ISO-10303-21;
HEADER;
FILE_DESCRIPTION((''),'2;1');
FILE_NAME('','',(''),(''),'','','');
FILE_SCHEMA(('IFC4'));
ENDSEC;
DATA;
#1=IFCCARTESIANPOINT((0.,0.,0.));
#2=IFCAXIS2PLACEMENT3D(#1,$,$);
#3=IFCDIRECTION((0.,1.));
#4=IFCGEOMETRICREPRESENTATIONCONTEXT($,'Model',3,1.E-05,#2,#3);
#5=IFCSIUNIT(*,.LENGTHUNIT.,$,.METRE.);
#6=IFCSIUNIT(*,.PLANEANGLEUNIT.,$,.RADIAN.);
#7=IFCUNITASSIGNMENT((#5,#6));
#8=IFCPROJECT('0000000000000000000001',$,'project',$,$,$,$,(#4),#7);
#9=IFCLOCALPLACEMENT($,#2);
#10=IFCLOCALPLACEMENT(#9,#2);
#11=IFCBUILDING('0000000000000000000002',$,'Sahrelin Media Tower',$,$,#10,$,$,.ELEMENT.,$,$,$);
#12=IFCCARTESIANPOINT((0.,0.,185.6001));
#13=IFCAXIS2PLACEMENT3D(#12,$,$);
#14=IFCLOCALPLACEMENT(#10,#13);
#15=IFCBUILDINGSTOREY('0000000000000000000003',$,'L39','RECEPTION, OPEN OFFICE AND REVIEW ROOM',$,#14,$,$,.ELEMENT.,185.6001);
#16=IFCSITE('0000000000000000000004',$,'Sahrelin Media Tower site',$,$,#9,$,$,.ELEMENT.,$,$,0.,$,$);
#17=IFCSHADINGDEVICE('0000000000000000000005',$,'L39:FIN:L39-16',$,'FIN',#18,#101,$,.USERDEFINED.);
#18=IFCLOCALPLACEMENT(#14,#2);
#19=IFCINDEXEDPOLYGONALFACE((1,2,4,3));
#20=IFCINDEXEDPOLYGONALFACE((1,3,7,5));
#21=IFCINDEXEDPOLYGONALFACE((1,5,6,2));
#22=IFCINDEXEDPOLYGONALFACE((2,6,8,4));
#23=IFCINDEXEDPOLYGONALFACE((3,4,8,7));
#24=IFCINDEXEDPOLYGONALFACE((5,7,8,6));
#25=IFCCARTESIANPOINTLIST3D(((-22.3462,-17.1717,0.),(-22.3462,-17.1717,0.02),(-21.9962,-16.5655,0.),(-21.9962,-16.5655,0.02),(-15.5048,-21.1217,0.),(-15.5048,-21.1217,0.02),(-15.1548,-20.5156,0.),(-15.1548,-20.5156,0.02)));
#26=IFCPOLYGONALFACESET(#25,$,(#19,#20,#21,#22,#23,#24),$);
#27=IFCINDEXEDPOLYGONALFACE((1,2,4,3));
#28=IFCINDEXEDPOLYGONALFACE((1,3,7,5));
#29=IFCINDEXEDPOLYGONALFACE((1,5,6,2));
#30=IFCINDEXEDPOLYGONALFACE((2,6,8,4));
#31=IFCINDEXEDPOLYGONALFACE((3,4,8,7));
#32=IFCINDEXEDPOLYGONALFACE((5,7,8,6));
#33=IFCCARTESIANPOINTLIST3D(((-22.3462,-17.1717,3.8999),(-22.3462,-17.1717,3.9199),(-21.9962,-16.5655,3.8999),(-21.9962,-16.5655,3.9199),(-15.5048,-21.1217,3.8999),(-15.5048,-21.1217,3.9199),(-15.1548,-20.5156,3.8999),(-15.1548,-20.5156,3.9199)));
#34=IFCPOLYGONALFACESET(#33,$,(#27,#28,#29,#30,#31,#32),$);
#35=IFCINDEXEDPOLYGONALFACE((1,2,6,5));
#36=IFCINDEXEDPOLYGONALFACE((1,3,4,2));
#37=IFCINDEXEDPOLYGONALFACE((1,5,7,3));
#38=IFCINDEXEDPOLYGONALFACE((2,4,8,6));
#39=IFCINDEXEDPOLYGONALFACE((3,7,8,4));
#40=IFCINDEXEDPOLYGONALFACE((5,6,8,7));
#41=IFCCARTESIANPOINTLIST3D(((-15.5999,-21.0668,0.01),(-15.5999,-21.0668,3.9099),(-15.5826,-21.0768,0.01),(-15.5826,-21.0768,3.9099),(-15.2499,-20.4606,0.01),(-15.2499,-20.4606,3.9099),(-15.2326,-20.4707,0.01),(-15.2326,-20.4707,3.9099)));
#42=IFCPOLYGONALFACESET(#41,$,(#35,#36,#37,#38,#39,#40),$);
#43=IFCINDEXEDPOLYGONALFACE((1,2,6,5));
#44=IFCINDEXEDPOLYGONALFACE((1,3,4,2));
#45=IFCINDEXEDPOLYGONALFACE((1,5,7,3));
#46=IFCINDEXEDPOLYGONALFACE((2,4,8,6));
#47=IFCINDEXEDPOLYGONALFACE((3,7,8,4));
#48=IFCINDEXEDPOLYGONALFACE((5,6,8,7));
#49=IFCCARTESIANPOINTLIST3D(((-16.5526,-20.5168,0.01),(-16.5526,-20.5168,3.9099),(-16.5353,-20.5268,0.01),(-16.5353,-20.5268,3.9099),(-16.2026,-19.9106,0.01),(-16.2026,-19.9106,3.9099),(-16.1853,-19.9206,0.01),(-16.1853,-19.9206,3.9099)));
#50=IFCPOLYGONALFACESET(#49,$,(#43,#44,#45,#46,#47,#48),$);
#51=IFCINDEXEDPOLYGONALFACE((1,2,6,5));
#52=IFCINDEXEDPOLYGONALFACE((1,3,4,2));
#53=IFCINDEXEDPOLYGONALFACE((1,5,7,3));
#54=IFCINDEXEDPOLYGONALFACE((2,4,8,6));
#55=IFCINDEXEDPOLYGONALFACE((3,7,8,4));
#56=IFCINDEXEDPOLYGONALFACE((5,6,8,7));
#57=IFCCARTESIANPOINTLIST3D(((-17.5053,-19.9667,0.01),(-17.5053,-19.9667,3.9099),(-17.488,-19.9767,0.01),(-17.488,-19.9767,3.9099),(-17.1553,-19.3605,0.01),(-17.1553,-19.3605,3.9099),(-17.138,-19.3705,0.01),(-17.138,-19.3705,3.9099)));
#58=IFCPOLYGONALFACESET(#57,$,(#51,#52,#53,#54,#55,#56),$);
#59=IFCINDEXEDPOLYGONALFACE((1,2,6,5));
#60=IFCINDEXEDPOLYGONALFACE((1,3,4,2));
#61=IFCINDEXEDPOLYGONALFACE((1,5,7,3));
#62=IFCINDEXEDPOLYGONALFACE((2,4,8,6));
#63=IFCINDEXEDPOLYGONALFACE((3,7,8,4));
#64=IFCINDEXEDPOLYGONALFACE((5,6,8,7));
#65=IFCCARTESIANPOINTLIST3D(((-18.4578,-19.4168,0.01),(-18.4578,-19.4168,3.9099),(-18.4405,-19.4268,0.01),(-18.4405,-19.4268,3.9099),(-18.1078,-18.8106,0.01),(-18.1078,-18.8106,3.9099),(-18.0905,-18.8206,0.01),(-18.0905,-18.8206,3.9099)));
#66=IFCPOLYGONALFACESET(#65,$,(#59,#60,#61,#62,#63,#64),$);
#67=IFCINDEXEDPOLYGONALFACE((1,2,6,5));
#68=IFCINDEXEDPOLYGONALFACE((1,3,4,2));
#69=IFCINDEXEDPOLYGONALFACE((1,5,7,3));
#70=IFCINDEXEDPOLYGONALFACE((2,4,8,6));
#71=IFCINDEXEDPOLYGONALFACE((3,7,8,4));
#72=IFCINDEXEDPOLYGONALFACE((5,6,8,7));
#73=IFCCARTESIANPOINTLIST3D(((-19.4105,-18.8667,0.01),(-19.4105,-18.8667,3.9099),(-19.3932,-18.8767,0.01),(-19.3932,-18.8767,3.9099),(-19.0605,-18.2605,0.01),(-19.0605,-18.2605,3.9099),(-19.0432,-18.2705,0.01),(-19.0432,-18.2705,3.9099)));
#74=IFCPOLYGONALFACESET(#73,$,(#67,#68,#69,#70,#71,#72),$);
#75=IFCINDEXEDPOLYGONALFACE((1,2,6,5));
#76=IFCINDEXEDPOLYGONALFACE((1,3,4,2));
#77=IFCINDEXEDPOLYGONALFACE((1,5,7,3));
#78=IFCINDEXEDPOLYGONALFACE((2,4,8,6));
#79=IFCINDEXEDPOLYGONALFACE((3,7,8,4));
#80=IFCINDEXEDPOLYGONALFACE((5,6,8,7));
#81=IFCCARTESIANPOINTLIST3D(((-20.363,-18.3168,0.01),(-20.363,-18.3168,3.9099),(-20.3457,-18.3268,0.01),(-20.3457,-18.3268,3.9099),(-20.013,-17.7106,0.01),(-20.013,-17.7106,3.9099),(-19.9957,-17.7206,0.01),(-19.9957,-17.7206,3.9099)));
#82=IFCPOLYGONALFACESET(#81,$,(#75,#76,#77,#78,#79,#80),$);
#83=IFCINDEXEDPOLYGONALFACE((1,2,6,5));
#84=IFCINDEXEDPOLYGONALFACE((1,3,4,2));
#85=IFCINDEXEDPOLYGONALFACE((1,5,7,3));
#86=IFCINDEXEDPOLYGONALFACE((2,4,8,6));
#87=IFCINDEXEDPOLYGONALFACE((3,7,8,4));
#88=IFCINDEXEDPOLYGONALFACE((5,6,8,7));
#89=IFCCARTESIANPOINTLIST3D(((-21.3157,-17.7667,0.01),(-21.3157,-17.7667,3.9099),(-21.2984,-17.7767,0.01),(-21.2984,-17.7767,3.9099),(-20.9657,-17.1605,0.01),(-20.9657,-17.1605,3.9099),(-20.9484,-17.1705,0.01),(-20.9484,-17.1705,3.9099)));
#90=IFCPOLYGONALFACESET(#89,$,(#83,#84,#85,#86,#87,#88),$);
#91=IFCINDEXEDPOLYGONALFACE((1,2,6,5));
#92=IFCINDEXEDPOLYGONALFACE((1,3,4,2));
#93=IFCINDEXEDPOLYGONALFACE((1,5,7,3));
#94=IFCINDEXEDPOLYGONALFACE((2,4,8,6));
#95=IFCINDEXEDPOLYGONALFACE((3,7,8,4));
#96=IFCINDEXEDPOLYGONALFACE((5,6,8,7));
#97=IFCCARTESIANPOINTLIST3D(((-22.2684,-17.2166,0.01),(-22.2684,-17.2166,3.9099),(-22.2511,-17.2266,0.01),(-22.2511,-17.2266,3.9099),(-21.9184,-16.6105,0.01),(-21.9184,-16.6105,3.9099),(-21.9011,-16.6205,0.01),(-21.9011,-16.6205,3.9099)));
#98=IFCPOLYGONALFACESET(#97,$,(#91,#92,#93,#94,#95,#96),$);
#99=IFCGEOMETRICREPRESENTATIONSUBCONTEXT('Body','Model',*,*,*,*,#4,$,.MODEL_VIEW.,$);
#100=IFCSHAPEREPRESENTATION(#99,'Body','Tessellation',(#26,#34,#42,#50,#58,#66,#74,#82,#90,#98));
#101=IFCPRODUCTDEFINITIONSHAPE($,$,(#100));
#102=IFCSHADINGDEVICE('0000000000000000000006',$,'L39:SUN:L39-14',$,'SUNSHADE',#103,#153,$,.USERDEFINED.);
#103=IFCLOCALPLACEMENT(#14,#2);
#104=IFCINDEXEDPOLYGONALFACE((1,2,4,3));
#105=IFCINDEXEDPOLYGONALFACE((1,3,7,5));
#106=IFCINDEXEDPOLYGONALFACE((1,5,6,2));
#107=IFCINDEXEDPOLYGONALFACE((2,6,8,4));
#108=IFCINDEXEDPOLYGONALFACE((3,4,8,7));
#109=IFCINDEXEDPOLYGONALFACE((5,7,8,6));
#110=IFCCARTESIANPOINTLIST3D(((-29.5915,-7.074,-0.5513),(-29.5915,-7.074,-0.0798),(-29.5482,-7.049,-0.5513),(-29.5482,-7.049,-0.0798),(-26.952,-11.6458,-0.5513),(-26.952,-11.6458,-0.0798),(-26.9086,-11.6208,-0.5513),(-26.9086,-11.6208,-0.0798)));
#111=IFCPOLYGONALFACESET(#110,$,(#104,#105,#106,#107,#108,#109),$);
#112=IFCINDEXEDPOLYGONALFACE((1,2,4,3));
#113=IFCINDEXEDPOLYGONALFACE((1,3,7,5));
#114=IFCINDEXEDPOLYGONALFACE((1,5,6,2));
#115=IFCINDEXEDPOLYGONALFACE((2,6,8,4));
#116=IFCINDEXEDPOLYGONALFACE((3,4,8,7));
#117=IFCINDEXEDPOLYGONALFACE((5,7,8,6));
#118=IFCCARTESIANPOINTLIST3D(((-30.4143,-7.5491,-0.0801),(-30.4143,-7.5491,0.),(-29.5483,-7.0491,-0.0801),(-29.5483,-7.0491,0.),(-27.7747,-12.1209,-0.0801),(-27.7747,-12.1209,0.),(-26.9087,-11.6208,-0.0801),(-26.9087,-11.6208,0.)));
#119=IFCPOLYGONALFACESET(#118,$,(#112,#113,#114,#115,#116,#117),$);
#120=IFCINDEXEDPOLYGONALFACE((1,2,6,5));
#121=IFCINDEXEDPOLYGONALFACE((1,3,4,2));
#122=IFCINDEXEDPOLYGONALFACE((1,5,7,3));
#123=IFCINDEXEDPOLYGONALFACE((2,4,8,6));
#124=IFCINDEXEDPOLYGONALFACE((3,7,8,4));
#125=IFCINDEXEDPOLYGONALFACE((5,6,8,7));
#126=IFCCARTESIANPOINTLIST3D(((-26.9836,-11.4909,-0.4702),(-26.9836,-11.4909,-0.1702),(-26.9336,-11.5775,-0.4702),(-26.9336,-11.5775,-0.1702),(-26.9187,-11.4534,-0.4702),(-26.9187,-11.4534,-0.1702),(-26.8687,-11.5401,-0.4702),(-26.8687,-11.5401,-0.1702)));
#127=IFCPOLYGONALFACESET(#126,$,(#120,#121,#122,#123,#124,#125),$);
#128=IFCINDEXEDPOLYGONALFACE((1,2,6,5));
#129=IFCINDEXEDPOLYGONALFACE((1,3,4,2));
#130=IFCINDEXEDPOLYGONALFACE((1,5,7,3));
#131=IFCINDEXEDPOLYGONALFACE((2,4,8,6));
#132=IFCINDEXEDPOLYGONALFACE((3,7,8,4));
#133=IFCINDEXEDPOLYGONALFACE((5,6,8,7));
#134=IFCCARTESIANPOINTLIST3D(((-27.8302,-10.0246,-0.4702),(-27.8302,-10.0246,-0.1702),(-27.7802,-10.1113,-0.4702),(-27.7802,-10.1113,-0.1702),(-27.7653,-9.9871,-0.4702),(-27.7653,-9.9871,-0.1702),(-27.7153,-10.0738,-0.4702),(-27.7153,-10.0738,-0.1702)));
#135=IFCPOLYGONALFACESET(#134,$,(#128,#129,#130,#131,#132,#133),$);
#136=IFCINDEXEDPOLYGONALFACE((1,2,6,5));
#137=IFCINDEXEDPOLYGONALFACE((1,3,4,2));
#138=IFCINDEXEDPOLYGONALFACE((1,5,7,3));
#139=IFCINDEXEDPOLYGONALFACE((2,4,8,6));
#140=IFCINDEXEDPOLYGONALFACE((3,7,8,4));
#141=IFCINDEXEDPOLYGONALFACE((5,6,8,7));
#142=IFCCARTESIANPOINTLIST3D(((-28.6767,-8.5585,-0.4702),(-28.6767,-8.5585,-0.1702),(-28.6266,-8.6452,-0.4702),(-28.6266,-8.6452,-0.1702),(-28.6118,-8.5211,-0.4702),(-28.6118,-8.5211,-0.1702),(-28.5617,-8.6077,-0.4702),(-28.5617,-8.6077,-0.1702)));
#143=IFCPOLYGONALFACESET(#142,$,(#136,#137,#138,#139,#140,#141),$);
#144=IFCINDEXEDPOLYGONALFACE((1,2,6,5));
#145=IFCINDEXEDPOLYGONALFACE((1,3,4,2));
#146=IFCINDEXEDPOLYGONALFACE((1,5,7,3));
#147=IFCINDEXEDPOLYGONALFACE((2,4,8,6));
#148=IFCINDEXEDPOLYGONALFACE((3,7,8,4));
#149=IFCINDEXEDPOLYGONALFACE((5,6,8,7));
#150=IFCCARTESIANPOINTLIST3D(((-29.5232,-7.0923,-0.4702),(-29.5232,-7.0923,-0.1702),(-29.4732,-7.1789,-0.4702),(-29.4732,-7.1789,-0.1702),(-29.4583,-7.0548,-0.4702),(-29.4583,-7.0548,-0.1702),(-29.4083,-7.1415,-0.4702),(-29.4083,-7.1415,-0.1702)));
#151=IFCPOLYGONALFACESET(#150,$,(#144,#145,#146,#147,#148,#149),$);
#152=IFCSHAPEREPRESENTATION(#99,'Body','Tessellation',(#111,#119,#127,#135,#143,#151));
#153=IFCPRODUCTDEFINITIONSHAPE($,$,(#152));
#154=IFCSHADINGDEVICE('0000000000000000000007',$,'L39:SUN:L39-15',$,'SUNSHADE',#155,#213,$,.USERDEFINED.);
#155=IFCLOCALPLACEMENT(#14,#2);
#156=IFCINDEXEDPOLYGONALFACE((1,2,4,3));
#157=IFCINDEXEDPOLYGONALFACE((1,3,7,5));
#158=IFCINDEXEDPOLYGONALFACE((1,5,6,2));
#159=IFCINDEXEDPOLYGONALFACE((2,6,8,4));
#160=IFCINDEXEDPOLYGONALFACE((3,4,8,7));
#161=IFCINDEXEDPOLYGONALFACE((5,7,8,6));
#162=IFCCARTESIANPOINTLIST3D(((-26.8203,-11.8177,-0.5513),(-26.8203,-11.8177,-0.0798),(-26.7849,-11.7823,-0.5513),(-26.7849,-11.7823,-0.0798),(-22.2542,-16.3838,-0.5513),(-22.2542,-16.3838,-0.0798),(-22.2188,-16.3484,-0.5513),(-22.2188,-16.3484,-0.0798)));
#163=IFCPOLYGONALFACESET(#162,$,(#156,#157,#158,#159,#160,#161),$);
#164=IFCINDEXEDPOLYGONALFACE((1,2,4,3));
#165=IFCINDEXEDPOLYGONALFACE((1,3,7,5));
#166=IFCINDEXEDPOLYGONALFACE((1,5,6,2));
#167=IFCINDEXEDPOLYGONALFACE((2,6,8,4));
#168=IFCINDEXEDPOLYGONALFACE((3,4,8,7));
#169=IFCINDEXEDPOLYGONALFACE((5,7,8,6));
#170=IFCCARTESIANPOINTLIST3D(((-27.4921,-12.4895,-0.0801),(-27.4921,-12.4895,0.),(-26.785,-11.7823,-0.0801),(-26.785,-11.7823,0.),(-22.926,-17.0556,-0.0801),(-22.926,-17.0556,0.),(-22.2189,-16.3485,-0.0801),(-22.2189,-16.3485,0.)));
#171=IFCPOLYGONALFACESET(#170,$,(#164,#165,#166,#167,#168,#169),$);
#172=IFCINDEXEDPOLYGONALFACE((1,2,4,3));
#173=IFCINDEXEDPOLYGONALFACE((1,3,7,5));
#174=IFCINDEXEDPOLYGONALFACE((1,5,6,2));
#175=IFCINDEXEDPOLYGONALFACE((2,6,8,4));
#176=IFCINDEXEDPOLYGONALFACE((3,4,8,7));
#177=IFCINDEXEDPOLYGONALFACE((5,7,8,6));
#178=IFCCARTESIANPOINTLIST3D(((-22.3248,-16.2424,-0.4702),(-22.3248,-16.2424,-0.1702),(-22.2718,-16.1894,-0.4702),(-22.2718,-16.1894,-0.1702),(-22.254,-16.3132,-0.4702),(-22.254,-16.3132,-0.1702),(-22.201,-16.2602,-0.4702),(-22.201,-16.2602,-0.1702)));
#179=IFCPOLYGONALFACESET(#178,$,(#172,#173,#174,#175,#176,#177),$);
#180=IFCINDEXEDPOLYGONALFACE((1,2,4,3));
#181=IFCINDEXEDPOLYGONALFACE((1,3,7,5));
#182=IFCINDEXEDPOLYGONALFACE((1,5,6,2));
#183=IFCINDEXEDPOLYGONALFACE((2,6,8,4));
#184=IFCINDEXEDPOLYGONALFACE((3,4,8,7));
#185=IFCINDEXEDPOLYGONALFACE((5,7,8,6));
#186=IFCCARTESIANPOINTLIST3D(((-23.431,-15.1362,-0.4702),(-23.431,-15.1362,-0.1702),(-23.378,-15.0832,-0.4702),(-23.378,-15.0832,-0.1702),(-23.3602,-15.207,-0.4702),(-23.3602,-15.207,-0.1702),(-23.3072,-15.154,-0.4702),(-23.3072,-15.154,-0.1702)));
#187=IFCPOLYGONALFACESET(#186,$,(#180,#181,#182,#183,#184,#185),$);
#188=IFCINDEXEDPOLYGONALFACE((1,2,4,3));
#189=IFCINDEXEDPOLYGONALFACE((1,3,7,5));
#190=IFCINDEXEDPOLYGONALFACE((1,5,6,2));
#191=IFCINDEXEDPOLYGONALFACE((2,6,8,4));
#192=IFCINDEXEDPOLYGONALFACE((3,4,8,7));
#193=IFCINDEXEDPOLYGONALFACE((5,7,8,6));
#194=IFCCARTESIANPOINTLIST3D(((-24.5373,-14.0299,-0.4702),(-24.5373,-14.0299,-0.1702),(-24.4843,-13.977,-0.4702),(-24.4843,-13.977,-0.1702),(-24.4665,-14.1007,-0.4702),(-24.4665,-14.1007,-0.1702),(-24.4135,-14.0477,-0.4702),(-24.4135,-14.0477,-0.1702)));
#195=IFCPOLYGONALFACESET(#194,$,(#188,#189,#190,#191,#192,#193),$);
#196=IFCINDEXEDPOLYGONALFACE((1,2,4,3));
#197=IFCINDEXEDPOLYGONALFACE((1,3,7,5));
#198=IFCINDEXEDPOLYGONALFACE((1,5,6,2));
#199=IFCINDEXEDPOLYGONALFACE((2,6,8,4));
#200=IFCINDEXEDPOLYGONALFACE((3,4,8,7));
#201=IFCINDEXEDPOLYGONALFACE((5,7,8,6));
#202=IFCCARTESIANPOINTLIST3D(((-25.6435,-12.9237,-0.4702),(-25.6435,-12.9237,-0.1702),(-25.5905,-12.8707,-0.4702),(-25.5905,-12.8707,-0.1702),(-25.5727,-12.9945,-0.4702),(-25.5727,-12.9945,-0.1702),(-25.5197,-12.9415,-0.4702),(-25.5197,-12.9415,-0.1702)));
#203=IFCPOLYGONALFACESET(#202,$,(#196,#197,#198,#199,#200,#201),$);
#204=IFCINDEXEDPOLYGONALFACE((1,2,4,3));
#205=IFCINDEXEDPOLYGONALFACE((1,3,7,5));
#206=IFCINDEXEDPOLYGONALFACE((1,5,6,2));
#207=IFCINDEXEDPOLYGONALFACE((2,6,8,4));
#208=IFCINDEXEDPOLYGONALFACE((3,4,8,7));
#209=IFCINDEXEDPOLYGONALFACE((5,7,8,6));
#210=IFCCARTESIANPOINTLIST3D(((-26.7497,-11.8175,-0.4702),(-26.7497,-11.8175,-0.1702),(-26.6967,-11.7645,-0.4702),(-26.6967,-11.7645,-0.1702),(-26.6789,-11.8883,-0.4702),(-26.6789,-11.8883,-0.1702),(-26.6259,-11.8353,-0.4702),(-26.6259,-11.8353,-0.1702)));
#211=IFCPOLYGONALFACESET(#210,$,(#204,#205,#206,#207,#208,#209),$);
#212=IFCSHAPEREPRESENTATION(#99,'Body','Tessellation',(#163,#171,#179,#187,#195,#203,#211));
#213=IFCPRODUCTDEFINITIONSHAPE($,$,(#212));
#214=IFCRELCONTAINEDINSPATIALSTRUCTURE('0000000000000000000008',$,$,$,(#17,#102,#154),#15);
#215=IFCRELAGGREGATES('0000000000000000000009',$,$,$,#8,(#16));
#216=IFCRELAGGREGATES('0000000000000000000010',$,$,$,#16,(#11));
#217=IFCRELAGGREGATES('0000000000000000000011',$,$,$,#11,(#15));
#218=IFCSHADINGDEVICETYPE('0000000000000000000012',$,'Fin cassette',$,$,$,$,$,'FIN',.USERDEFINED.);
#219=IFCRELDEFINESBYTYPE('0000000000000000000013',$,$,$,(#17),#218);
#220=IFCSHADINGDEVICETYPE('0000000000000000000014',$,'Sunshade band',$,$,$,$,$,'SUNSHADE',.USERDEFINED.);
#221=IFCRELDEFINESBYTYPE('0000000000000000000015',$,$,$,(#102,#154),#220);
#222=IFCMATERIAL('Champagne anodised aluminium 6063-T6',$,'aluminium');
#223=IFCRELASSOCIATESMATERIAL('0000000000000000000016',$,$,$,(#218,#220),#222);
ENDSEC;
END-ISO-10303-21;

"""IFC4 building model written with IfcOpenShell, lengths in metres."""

from ifc_helpers import new_model, si_unit, direction, frame, origin, origin_2d, place, context, subcontext, project, spatial, rectangle, extrude, material, type_object, element, save


model = new_model("IFC4")

# Units and contexts
model_context = context("Model", 3, precision=1e-05, world=origin(), true_north=direction((0.0, 1.0)))
body_context = subcontext(model_context, "Body", "Model", "MODEL_VIEW")
ifc_project = project(units=[si_unit("LENGTHUNIT", "METRE"), si_unit("PLANEANGLEUNIT", "RADIAN")], contexts=[model_context])

# Site, building, storey
site_placement = place(None, origin())
site = spatial("IfcSite", under=ifc_project, at=site_placement, Name="Sahrelin Media Tower site", CompositionType="ELEMENT", RefElevation=0.0)
building_placement = place(site_placement, origin())
building = spatial("IfcBuilding", under=site, at=building_placement, Name="Sahrelin Media Tower", CompositionType="ELEMENT")
storey_placement = place(building_placement, frame((0.0, 0.0, 185.6001)))
storey = spatial("IfcBuildingStorey", under=building, at=storey_placement, Name="L39", Description="RECEPTION, OPEN OFFICE AND REVIEW ROOM", CompositionType="ELEMENT", Elevation=185.6001)

# Shared definitions
ifc_material_1 = material(Name="Champagne anodised aluminium 6063-T6", Category="aluminium")

# Shading devices
shading_device_type_1 = type_object("IfcShadingDeviceType", Name="Fin cassette", ElementType="FIN", PredefinedType="USERDEFINED", material=ifc_material_1)
placement_1 = place(storey_placement, frame((-28.2112, -9.325, 0.0), z_axis=(0.0, 0.0, 1.0), x_axis=(-0.500011, 0.866019, 0.0)))
placement_2 = place(storey_placement, frame((-24.4878, -14.0513, 0.0), z_axis=(0.0, 0.0, 1.0), x_axis=(-0.707107, 0.707107, 0.0)))
placement_3 = place(storey_placement, frame((-18.5405, -18.48, 0.0), z_axis=(0.0, 0.0, 1.0), x_axis=(-0.866019, 0.500011, 0.0)))
element("IfcShadingDevice", 1, at=placement_3, inside=storey, type_object=shading_device_type_1, Name="L39:FIN:L39-16", ObjectType="FIN", PredefinedType="USERDEFINED", context=body_context, shape_type="SweptSolid", body=[
    extrude(rectangle(XDim=7.8999, YDim=0.7, at=origin_2d()), frame((0.0, 0.4199, 0.0)), (0.0, 0.0, 1.0), 0.02),
    extrude(rectangle(XDim=7.8999, YDim=0.7, at=origin_2d()), frame((0.0, 0.4199, 3.8999)), (0.0, 0.0, 1.0), 0.02),
    extrude(rectangle(XDim=0.02, YDim=0.7, at=origin_2d()), frame((-3.8501, 0.4199, 0.01), z_axis=(0.0, 0.0, 1.0), x_axis=(1.0, 0.0, 0.0)), (0.0, 0.0, 1.0), 3.8999),
    extrude(rectangle(XDim=0.02, YDim=0.7, at=origin_2d()), frame((-2.75, 0.4199, 0.01), z_axis=(0.0, 0.0, 1.0), x_axis=(1.0, 0.0, 0.0)), (0.0, 0.0, 1.0), 3.8999),
    extrude(rectangle(XDim=0.02, YDim=0.7, at=origin_2d()), frame((-1.6499, 0.4199, 0.01), z_axis=(0.0, 0.0, 1.0), x_axis=(1.0, 0.0, 0.0)), (0.0, 0.0, 1.0), 3.8999),
    extrude(rectangle(XDim=0.02, YDim=0.7, at=origin_2d()), frame((-0.55, 0.4199, 0.01), z_axis=(0.0, 0.0, 1.0), x_axis=(1.0, 0.0, 0.0)), (0.0, 0.0, 1.0), 3.8999),
    extrude(rectangle(XDim=0.02, YDim=0.7, at=origin_2d()), frame((0.55, 0.4199, 0.01), z_axis=(0.0, 0.0, 1.0), x_axis=(1.0, 0.0, 0.0)), (0.0, 0.0, 1.0), 3.8999),
    extrude(rectangle(XDim=0.02, YDim=0.7, at=origin_2d()), frame((1.6499, 0.4199, 0.01), z_axis=(0.0, 0.0, 1.0), x_axis=(1.0, 0.0, 0.0)), (0.0, 0.0, 1.0), 3.8999),
    extrude(rectangle(XDim=0.02, YDim=0.7, at=origin_2d()), frame((2.75, 0.4199, 0.01), z_axis=(0.0, 0.0, 1.0), x_axis=(1.0, 0.0, 0.0)), (0.0, 0.0, 1.0), 3.8999),
    extrude(rectangle(XDim=0.02, YDim=0.7, at=origin_2d()), frame((3.8501, 0.4199, 0.01), z_axis=(0.0, 0.0, 1.0), x_axis=(1.0, 0.0, 0.0)), (0.0, 0.0, 1.0), 3.8999),
])
shading_device_type_2 = type_object("IfcShadingDeviceType", Name="Sunshade band", ElementType="SUNSHADE", PredefinedType="USERDEFINED", material=ifc_material_1)
element("IfcShadingDevice", 2, at=placement_1, inside=storey, type_object=shading_device_type_2, Name="L39:SUN:L39-14", ObjectType="SUNSHADE", PredefinedType="USERDEFINED", context=body_context, shape_type="SweptSolid", body=[
    extrude(rectangle(XDim=5.2791, YDim=0.05, at=origin_2d()), frame((0.0, 0.0449, -0.5513)), (0.0, 0.0, 1.0), 0.4714),
    extrude(rectangle(XDim=5.2791, YDim=1.0, at=origin_2d()), frame((0.0, 0.52, -0.0801)), (0.0, 0.0, 1.0), 0.0801),
    extrude(rectangle(XDim=0.1001, YDim=0.075, at=origin_2d()), frame((-2.5396, -0.0176, -0.4702)), (0.0, 0.0, 1.0), 0.3),
    extrude(rectangle(XDim=0.1001, YDim=0.075, at=origin_2d()), frame((-0.8464, -0.0176, -0.4702)), (0.0, 0.0, 1.0), 0.3),
    extrude(rectangle(XDim=0.1001, YDim=0.075, at=origin_2d()), frame((0.8464, -0.0176, -0.4702)), (0.0, 0.0, 1.0), 0.3),
    extrude(rectangle(XDim=0.1001, YDim=0.075, at=origin_2d()), frame((2.5396, -0.0176, -0.4702)), (0.0, 0.0, 1.0), 0.3),
])
element("IfcShadingDevice", 3, at=placement_2, inside=storey, type_object=shading_device_type_2, Name="L39:SUN:L39-15", ObjectType="SUNSHADE", PredefinedType="USERDEFINED", context=body_context, shape_type="SweptSolid", body=[
    extrude(rectangle(XDim=6.4575, YDim=0.05, at=origin_2d()), frame((0.0, 0.0449, -0.5513)), (0.0, 0.0, 1.0), 0.4714),
    extrude(rectangle(XDim=6.4575, YDim=1.0, at=origin_2d()), frame((0.0, 0.52, -0.0801)), (0.0, 0.0, 1.0), 0.0801),
    extrude(rectangle(XDim=0.1001, YDim=0.075, at=origin_2d()), frame((-3.1289, -0.0176, -0.4702)), (0.0, 0.0, 1.0), 0.3),
    extrude(rectangle(XDim=0.1001, YDim=0.075, at=origin_2d()), frame((-1.5645, -0.0176, -0.4702)), (0.0, 0.0, 1.0), 0.3),
    extrude(rectangle(XDim=0.1001, YDim=0.075, at=origin_2d()), frame((0.0, -0.0176, -0.4702)), (0.0, 0.0, 1.0), 0.3),
    extrude(rectangle(XDim=0.1001, YDim=0.075, at=origin_2d()), frame((1.5645, -0.0176, -0.4702)), (0.0, 0.0, 1.0), 0.3),
    extrude(rectangle(XDim=0.1001, YDim=0.075, at=origin_2d()), frame((3.1289, -0.0176, -0.4702)), (0.0, 0.0, 1.0), 0.3),
])

save(model, "model.ifc")
